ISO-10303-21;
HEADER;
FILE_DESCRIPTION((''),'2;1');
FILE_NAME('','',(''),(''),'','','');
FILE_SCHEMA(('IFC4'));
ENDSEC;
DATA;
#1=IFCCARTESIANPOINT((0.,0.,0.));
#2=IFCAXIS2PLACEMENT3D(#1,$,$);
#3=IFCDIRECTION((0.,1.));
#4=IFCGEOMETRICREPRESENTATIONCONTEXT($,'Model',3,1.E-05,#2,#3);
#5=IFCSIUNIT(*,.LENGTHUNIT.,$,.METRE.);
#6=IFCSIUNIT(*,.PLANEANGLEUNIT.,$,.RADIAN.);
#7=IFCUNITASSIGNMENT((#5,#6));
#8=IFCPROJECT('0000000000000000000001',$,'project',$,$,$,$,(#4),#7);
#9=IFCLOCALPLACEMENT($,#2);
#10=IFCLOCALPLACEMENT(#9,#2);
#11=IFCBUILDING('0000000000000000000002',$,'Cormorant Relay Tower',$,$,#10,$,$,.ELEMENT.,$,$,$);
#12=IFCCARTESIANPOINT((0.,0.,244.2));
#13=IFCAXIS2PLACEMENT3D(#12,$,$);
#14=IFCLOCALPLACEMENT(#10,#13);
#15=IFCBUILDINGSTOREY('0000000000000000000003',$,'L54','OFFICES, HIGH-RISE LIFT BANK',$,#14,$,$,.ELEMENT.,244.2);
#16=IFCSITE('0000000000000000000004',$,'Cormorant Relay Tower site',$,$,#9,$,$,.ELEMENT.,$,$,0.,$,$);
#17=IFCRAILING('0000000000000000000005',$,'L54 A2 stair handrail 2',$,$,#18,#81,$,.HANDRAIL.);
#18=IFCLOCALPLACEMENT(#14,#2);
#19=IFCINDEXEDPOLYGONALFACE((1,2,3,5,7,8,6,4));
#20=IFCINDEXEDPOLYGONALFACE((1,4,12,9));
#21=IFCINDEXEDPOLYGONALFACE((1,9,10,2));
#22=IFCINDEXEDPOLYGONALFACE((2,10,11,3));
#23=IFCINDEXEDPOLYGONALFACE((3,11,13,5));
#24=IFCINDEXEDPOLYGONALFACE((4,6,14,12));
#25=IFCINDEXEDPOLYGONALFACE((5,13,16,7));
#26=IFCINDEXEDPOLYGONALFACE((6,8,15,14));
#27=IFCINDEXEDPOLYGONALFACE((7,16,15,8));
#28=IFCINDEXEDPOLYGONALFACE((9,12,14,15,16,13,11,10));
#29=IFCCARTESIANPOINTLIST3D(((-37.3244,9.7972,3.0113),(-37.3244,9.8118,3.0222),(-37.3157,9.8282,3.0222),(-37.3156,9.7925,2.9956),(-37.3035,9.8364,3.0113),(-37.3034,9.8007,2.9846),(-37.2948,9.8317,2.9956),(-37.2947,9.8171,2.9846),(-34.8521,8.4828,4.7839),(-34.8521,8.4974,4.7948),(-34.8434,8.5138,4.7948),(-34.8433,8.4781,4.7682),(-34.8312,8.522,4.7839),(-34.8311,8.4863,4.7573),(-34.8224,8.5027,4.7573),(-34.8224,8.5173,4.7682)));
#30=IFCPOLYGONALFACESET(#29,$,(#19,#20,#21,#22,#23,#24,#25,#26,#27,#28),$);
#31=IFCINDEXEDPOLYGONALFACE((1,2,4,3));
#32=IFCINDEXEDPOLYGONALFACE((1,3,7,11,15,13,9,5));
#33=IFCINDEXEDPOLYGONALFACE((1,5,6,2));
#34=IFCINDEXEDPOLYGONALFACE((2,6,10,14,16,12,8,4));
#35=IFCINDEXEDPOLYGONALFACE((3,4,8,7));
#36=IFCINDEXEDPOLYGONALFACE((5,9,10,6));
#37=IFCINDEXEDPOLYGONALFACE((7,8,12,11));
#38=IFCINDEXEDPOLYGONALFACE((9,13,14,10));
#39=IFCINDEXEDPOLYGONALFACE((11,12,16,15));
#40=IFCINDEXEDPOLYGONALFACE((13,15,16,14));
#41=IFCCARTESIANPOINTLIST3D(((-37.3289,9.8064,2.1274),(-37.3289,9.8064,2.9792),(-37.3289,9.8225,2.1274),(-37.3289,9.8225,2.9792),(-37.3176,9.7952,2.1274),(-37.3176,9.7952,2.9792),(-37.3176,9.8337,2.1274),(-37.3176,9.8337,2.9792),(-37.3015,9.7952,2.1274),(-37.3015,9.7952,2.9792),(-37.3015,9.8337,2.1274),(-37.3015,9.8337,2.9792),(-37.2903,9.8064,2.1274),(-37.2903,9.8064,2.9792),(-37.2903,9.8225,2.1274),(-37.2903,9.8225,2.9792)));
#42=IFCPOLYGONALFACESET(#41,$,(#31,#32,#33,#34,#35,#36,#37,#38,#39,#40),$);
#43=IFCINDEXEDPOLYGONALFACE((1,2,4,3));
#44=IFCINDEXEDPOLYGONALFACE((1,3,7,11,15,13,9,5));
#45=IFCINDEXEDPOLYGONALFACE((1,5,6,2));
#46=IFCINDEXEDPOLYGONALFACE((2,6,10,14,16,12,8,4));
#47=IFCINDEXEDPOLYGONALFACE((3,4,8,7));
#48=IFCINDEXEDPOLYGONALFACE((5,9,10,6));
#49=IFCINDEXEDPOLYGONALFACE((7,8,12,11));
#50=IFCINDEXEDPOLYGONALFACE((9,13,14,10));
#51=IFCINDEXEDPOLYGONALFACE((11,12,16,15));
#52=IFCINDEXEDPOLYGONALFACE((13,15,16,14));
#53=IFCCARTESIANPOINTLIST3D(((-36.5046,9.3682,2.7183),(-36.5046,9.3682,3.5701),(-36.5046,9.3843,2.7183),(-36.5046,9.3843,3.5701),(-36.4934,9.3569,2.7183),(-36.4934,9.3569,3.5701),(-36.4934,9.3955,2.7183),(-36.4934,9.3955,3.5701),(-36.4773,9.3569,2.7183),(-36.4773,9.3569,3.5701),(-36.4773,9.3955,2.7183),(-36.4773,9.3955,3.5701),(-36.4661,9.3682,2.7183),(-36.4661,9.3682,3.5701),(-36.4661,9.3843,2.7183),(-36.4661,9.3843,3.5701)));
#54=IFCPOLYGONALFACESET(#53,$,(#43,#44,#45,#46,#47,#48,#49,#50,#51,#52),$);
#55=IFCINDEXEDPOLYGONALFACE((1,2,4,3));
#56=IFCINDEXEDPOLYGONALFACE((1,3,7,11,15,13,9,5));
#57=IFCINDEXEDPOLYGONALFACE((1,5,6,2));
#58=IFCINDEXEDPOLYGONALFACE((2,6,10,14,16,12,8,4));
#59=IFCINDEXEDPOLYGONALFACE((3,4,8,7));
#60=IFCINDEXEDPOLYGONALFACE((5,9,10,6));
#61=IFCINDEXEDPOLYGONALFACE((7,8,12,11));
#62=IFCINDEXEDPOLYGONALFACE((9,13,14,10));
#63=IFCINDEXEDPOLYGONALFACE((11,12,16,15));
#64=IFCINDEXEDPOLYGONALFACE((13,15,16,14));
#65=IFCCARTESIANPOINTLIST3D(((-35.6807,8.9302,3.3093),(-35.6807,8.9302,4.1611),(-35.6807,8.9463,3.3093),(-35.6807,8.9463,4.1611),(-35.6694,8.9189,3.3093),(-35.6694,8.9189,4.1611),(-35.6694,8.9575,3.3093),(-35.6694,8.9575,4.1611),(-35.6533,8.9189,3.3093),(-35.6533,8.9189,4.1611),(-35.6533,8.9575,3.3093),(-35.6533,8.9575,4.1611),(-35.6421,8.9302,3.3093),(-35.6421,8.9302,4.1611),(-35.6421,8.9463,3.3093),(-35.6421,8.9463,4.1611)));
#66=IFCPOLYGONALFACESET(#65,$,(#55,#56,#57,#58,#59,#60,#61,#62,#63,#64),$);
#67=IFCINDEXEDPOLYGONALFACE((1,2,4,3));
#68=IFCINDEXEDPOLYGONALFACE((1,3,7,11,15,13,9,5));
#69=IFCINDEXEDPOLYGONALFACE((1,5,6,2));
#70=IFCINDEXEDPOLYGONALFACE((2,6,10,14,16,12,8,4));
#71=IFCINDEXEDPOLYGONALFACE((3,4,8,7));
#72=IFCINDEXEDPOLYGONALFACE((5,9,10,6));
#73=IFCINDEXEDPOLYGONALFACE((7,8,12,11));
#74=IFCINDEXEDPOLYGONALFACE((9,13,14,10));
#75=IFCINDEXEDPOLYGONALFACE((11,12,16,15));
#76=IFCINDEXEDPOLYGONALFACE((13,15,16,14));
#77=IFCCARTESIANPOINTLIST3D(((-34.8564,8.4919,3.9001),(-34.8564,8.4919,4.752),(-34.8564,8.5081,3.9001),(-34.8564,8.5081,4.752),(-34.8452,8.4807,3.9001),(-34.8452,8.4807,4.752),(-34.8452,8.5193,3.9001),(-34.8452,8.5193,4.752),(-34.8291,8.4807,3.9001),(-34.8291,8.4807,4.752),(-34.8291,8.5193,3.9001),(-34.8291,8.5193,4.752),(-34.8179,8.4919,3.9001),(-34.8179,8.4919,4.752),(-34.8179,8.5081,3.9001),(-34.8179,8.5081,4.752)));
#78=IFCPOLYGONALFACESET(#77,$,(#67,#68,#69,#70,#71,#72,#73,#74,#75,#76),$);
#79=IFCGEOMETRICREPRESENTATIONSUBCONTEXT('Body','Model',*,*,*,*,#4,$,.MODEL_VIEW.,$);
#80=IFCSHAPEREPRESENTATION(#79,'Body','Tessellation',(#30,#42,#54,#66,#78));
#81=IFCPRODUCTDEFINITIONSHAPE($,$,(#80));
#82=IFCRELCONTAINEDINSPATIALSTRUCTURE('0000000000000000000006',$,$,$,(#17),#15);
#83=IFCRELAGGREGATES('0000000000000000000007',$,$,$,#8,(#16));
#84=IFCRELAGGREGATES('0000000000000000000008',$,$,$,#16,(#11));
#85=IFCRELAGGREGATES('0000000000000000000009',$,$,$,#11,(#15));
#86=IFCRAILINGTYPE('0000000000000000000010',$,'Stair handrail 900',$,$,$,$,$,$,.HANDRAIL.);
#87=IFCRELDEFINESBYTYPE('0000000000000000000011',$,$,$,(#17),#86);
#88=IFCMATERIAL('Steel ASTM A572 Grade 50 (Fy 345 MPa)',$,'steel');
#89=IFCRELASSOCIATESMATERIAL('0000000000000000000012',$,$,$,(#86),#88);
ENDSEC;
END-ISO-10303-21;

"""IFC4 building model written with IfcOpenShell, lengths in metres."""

from ifc_helpers import new_model, si_unit, direction, frame, origin, place, context, subcontext, project, spatial, polyline, outline, extrude, material, type_object, element, save


model = new_model("IFC4")

# Units and contexts
model_context = context("Model", 3, precision=1e-05, world=origin(), true_north=direction((0.0, 1.0)))
body_context = subcontext(model_context, "Body", "Model", "MODEL_VIEW")
ifc_project = project(units=[si_unit("LENGTHUNIT", "METRE"), si_unit("PLANEANGLEUNIT", "RADIAN")], contexts=[model_context])

# Site, building, storey
site_placement = place(None, origin())
site = spatial("IfcSite", under=ifc_project, at=site_placement, Name="Cormorant Relay Tower site", CompositionType="ELEMENT", RefElevation=0.0)
building_placement = place(site_placement, origin())
building = spatial("IfcBuilding", under=site, at=building_placement, Name="Cormorant Relay Tower", CompositionType="ELEMENT")
storey_placement = place(building_placement, frame((0.0, 0.0, 244.2)))
storey = spatial("IfcBuildingStorey", under=building, at=storey_placement, Name="L54", Description="OFFICES, HIGH-RISE LIFT BANK", CompositionType="ELEMENT", Elevation=244.2)

# Railing
ifc_material_1 = material(Name="Steel ASTM A572 Grade 50 (Fy 345 MPa)", Category="steel")
railing_type_1 = type_object("IfcRailingType", Name="Stair handrail 900", PredefinedType="HANDRAIL", material=ifc_material_1)
railing_1_placement = place(storey_placement, frame((-37.3096, 9.8145, 2.1274)))
element("IfcRailing", 1, at=railing_1_placement, inside=storey, type_object=railing_type_1, Name="L54 A2 stair handrail 2", PredefinedType="HANDRAIL", context=body_context, shape_type="SweptSolid", body=[
    extrude(outline(polyline([(0.0222, 0.0093), (0.0093, 0.0222), (-0.0093, 0.0222), (-0.0222, 0.0093), (-0.0222, -0.0093), (-0.0093, -0.0222), (0.0093, -0.0222), (0.0222, -0.0093), (0.0222, 0.0093)])), frame((0.0, 0.0, 0.876), z_axis=(0.746034, -0.396627, 0.534902), x_axis=(0.469429, 0.88297, 0.0)), (0.0, 0.0, 1.0), 3.314),
    extrude(outline(polyline([(0.0193, 0.0081), (0.0081, 0.0193), (-0.0081, 0.0193), (-0.0193, 0.0081), (-0.0193, -0.0081), (-0.0081, -0.0193), (0.0081, -0.0193), (0.0193, -0.0081), (0.0193, 0.0081)])), origin(), (0.0, 0.0, 1.0), 0.8518),
    extrude(outline(polyline([(0.0193, 0.0081), (0.0081, 0.0193), (-0.0081, 0.0193), (-0.0193, 0.0081), (-0.0193, -0.0081), (-0.0081, -0.0193), (0.0081, -0.0193), (0.0193, -0.0081), (0.0193, 0.0081)])), frame((0.8242, -0.4382, 0.5908)), (0.0, 0.0, 1.0), 0.8518),
    extrude(outline(polyline([(0.0193, 0.0081), (0.0081, 0.0193), (-0.0081, 0.0193), (-0.0193, 0.0081), (-0.0193, -0.0081), (-0.0081, -0.0193), (0.0081, -0.0193), (0.0193, -0.0081), (0.0193, 0.0081)])), frame((1.6482, -0.8762, 1.1819)), (0.0, 0.0, 1.0), 0.8518),
    extrude(outline(polyline([(0.0193, 0.0081), (0.0081, 0.0193), (-0.0081, 0.0193), (-0.0193, 0.0081), (-0.0193, -0.0081), (-0.0081, -0.0193), (0.0081, -0.0193), (0.0193, -0.0081), (0.0193, 0.0081)])), frame((2.4724, -1.3145, 1.7727)), (0.0, 0.0, 1.0), 0.8518),
])

save(model, "model.ifc")
